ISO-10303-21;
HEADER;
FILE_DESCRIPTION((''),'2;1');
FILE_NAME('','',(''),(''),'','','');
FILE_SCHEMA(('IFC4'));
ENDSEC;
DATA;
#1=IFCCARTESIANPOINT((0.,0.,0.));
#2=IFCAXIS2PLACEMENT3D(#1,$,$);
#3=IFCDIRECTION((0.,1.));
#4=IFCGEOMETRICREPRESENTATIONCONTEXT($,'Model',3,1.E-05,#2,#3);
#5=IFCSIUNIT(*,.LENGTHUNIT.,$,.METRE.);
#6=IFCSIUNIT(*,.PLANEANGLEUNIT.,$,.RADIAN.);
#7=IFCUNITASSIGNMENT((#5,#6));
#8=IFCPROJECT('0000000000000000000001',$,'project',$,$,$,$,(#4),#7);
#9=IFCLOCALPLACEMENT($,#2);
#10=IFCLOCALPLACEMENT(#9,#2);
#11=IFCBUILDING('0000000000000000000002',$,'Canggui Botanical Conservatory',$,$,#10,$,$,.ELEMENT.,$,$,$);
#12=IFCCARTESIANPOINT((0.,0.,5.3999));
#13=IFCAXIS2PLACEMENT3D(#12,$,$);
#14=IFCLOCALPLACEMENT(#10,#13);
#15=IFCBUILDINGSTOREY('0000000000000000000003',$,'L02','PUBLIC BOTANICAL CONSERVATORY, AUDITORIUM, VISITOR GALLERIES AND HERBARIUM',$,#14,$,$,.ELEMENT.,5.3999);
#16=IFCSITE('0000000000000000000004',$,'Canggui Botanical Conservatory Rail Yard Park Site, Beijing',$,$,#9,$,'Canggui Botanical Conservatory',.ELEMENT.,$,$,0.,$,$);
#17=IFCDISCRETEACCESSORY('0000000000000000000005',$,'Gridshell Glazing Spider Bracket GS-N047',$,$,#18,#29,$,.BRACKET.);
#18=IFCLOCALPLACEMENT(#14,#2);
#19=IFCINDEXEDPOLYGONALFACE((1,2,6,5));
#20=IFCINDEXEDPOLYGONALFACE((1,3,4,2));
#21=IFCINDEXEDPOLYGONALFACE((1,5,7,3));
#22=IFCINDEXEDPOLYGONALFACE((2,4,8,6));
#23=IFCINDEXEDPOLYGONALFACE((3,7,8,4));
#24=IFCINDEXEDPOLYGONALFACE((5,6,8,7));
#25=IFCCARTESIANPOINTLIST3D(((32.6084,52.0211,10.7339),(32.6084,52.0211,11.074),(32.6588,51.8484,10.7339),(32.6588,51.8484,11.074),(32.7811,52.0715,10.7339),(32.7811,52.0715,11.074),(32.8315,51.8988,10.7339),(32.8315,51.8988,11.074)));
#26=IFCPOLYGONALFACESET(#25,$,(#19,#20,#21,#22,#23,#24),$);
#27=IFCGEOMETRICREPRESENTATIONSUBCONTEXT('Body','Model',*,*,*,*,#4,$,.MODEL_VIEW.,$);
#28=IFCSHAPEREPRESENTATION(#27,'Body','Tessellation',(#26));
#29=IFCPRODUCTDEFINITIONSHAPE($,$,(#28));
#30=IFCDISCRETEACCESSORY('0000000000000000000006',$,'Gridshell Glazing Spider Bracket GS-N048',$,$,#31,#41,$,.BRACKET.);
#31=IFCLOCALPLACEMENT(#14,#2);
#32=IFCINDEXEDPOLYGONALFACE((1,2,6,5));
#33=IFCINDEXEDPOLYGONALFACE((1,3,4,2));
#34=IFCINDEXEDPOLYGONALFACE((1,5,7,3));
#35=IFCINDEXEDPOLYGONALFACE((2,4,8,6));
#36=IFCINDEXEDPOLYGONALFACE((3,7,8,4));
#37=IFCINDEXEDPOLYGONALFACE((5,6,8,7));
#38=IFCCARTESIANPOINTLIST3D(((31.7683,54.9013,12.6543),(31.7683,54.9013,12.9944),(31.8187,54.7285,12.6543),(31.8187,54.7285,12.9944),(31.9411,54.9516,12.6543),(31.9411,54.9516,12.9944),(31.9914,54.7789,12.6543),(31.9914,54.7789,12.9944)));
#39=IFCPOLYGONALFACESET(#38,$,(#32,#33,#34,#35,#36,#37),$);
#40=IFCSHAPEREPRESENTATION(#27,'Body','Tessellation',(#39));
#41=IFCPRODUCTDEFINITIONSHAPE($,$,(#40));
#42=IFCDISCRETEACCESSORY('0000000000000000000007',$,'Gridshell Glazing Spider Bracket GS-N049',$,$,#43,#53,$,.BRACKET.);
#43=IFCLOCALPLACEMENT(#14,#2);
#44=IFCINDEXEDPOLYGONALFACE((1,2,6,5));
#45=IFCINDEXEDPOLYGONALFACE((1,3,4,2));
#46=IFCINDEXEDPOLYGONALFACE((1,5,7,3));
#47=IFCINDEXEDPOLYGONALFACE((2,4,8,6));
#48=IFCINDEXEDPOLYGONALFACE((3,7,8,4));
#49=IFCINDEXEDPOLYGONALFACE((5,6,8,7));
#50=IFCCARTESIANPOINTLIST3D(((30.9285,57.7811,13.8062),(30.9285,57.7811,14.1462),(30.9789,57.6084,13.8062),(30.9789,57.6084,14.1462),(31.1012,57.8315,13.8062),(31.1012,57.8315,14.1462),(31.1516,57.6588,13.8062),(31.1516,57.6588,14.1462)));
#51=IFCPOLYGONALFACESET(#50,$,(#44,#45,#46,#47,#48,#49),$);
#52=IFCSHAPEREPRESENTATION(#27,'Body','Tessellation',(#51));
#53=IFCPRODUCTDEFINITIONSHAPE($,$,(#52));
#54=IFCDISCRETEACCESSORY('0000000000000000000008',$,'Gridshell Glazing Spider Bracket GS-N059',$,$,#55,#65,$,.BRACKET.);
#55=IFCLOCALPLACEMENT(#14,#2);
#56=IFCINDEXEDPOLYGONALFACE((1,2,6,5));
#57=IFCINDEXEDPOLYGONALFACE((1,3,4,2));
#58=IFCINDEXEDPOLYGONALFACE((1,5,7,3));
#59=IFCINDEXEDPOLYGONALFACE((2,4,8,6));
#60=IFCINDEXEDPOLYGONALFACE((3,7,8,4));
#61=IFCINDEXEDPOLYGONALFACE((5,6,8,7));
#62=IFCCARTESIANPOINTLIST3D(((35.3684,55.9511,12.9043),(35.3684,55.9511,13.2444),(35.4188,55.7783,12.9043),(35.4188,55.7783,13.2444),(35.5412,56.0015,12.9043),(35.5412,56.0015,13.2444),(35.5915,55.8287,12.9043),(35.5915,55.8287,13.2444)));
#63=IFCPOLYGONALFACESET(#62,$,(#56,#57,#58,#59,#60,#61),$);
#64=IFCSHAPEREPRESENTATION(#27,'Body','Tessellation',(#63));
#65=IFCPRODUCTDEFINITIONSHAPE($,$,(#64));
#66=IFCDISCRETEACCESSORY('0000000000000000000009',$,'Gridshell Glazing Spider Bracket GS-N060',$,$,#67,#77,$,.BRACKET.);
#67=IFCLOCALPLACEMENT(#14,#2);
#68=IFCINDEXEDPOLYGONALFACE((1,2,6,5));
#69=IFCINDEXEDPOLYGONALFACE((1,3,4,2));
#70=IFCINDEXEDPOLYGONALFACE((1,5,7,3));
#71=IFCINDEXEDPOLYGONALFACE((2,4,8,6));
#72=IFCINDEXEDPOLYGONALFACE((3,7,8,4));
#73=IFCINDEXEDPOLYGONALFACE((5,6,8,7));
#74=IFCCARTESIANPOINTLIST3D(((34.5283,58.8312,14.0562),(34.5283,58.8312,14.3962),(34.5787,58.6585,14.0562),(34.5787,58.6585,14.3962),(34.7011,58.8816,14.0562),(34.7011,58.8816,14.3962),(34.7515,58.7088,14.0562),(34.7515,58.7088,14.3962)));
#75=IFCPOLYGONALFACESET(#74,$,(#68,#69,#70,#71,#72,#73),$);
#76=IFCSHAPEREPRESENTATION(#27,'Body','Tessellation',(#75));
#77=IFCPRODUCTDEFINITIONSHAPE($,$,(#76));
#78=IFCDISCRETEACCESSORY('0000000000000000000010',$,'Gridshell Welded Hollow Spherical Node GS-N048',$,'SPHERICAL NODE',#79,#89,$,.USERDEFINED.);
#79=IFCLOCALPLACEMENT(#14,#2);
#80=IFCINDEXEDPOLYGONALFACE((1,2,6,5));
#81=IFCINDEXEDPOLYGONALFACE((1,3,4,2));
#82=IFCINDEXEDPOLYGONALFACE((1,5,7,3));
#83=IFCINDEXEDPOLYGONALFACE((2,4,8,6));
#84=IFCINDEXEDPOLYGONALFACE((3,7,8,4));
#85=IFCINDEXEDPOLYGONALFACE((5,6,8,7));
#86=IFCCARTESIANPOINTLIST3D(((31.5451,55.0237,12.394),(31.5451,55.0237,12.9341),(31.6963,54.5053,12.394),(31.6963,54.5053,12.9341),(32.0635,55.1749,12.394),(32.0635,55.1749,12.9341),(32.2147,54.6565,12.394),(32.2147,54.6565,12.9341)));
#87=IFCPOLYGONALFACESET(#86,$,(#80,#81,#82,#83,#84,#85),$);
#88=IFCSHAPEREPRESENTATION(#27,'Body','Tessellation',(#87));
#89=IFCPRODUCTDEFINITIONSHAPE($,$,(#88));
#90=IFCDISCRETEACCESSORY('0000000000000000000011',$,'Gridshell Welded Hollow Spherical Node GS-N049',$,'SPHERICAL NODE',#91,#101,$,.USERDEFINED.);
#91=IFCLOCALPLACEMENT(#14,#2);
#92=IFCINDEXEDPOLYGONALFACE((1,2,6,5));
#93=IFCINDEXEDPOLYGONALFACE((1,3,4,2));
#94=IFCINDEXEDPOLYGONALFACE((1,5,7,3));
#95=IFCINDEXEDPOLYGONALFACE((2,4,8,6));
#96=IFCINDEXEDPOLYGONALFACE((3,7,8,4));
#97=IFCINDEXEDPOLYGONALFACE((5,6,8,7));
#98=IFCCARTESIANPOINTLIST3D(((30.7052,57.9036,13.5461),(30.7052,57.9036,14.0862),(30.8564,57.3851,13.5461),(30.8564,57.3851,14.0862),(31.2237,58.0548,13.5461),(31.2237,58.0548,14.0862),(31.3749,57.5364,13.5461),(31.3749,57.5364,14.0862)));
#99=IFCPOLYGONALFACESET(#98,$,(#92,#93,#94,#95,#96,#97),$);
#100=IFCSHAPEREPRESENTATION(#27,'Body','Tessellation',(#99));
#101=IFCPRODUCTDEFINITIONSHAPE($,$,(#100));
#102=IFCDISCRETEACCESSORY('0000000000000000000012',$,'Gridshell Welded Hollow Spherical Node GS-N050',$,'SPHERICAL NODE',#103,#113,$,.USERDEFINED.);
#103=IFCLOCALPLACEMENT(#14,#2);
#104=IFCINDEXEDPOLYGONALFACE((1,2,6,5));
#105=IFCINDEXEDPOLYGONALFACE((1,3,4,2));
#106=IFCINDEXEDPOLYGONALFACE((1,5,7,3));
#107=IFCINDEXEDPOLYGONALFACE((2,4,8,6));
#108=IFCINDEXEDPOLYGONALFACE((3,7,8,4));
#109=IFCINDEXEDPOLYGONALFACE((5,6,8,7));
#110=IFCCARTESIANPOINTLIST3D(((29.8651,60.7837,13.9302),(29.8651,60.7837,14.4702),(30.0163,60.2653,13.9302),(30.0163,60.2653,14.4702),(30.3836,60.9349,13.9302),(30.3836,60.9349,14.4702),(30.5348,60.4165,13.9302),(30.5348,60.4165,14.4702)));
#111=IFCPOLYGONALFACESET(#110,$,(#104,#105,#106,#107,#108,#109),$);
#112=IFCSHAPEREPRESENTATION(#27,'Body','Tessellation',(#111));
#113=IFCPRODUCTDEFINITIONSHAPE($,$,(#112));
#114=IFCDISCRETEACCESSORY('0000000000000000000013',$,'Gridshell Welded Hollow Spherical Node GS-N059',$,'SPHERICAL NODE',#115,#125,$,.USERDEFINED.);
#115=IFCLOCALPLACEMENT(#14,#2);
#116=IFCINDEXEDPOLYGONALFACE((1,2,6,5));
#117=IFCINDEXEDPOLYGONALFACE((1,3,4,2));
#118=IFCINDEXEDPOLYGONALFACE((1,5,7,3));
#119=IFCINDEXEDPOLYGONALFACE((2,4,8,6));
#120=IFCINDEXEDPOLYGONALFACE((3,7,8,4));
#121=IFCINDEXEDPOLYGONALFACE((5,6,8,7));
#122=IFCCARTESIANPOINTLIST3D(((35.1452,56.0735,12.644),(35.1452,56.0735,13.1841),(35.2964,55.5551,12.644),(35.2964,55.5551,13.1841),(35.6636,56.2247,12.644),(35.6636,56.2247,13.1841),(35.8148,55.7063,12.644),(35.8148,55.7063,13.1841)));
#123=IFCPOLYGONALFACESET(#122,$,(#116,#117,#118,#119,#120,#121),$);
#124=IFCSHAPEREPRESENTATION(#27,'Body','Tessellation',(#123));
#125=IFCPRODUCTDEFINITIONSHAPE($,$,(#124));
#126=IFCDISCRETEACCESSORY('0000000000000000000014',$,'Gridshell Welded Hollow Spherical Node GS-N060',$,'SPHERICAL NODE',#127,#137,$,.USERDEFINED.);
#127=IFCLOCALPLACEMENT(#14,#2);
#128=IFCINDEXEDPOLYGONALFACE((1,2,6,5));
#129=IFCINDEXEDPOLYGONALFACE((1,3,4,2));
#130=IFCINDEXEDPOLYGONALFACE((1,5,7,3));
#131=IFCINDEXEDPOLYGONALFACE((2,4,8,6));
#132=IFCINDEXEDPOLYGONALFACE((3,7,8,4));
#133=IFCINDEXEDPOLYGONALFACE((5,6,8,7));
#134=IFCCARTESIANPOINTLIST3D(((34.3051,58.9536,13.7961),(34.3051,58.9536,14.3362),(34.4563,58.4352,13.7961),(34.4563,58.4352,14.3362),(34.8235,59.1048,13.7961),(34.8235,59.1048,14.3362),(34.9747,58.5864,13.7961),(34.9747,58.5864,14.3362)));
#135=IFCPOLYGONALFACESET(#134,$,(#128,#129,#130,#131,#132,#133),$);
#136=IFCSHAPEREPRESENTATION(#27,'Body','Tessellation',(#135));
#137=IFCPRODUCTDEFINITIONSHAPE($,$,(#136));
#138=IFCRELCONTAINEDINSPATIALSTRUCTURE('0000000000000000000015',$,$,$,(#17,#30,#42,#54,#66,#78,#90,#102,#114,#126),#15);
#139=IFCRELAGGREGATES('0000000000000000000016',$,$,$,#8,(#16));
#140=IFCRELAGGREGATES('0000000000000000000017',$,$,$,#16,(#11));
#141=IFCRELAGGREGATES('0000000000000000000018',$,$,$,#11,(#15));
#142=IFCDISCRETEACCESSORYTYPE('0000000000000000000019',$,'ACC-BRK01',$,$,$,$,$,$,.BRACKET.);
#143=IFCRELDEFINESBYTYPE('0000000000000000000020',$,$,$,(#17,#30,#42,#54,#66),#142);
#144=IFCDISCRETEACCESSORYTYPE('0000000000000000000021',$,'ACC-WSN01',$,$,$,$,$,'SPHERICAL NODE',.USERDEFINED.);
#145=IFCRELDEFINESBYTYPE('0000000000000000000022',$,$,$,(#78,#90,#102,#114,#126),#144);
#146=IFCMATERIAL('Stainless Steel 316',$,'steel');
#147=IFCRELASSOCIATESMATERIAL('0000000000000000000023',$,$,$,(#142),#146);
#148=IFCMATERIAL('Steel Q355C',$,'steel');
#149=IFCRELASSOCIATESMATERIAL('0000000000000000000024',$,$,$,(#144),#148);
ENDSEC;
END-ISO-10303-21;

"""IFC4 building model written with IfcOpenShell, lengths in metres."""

from ifc_helpers import new_model, si_unit, direction, frame, origin, origin_2d, place, context, subcontext, project, spatial, rectangle, extrude, material, type_object, element, save


model = new_model("IFC4")

# Units and contexts
model_context = context("Model", 3, precision=1e-05, world=origin(), true_north=direction((0.0, 1.0)))
body_context = subcontext(model_context, "Body", "Model", "MODEL_VIEW")
ifc_project = project(units=[si_unit("LENGTHUNIT", "METRE"), si_unit("PLANEANGLEUNIT", "RADIAN")], contexts=[model_context])

# Site, building, storey
site_placement = place(None, origin())
site = spatial("IfcSite", under=ifc_project, at=site_placement, Name="Canggui Botanical Conservatory Rail Yard Park Site, Beijing", LongName="Canggui Botanical Conservatory", CompositionType="ELEMENT", RefElevation=0.0)
building_placement = place(site_placement, origin())
building = spatial("IfcBuilding", under=site, at=building_placement, Name="Canggui Botanical Conservatory", CompositionType="ELEMENT")
storey_placement = place(building_placement, frame((0.0, 0.0, 5.3999)))
storey = spatial("IfcBuildingStorey", under=building, at=storey_placement, Name="L02", Description="PUBLIC BOTANICAL CONSERVATORY, AUDITORIUM, VISITOR GALLERIES AND HERBARIUM", CompositionType="ELEMENT", Elevation=5.3999)

# Shared definitions
ifc_material_1 = material(Name="Steel Q355C", Category="steel")

# Discrete accessories
ifc_material_2 = material(Name="Stainless Steel 316", Category="steel")
discrete_accessory_type_1 = type_object("IfcDiscreteAccessoryType", Name="ACC-BRK01", PredefinedType="BRACKET", material=ifc_material_2)
for number, where, z_axis, x_axis, name in (
    (1, (32.72, 51.96, 10.7339), (0.0, 0.0, 1.0), (0.96, 0.28, 0.0), "Gridshell Glazing Spider Bracket GS-N047"),
    (2, (31.8799, 54.8401, 12.6543), (0.0, 0.0, 1.0), (0.96, 0.28, 0.0), "Gridshell Glazing Spider Bracket GS-N048"),
    (3, (31.04, 57.72, 13.8062), (0.0, 0.0, 1.0), (0.96, 0.28, 0.0), "Gridshell Glazing Spider Bracket GS-N049"),
    (4, (35.48, 55.8899, 12.9043), (0.0, 0.0, 1.0), (0.96, 0.28, 0.0), "Gridshell Glazing Spider Bracket GS-N059"),
    (5, (34.6399, 58.77, 14.0562), (0.0, 0.0, 1.0), (0.96, 0.28, 0.0), "Gridshell Glazing Spider Bracket GS-N060"),
):
    element("IfcDiscreteAccessory", number, at=place(storey_placement, frame(where, z_axis=z_axis, x_axis=x_axis)), inside=storey, type_object=discrete_accessory_type_1, Name=name, PredefinedType="BRACKET", context=body_context, shape_type="SweptSolid", body=[
        extrude(rectangle(XDim=0.1799, YDim=0.1799, at=origin_2d()), origin(), (0.0, 0.0, 1.0), 0.3401),
    ])
discrete_accessory_type_2 = type_object("IfcDiscreteAccessoryType", Name="ACC-WSN01", ElementType="SPHERICAL NODE", PredefinedType="USERDEFINED", material=ifc_material_1)
for number, where, z_axis, x_axis, name in (
    (6, (31.8799, 54.8401, 12.394), (0.0, 0.0, 1.0), (0.96, 0.28, 0.0), "Gridshell Welded Hollow Spherical Node GS-N048"),
    (7, (31.04, 57.72, 13.5461), (0.0, 0.0, 1.0), (0.96, 0.28, 0.0), "Gridshell Welded Hollow Spherical Node GS-N049"),
    (8, (30.2, 60.6001, 13.9302), (0.0, 0.0, 1.0), (0.96, 0.28, 0.0), "Gridshell Welded Hollow Spherical Node GS-N050"),
    (9, (35.48, 55.8899, 12.644), (0.0, 0.0, 1.0), (0.96, 0.28, 0.0), "Gridshell Welded Hollow Spherical Node GS-N059"),
    (10, (34.6399, 58.77, 13.7961), (0.0, 0.0, 1.0), (0.96, 0.28, 0.0), "Gridshell Welded Hollow Spherical Node GS-N060"),
):
    element("IfcDiscreteAccessory", number, at=place(storey_placement, frame(where, z_axis=z_axis, x_axis=x_axis)), inside=storey, type_object=discrete_accessory_type_2, Name=name, ObjectType="SPHERICAL NODE", PredefinedType="USERDEFINED", context=body_context, shape_type="SweptSolid", body=[
        extrude(rectangle(XDim=0.54, YDim=0.54, at=origin_2d()), origin(), (0.0, 0.0, 1.0), 0.54),
    ])

save(model, "model.ifc")
